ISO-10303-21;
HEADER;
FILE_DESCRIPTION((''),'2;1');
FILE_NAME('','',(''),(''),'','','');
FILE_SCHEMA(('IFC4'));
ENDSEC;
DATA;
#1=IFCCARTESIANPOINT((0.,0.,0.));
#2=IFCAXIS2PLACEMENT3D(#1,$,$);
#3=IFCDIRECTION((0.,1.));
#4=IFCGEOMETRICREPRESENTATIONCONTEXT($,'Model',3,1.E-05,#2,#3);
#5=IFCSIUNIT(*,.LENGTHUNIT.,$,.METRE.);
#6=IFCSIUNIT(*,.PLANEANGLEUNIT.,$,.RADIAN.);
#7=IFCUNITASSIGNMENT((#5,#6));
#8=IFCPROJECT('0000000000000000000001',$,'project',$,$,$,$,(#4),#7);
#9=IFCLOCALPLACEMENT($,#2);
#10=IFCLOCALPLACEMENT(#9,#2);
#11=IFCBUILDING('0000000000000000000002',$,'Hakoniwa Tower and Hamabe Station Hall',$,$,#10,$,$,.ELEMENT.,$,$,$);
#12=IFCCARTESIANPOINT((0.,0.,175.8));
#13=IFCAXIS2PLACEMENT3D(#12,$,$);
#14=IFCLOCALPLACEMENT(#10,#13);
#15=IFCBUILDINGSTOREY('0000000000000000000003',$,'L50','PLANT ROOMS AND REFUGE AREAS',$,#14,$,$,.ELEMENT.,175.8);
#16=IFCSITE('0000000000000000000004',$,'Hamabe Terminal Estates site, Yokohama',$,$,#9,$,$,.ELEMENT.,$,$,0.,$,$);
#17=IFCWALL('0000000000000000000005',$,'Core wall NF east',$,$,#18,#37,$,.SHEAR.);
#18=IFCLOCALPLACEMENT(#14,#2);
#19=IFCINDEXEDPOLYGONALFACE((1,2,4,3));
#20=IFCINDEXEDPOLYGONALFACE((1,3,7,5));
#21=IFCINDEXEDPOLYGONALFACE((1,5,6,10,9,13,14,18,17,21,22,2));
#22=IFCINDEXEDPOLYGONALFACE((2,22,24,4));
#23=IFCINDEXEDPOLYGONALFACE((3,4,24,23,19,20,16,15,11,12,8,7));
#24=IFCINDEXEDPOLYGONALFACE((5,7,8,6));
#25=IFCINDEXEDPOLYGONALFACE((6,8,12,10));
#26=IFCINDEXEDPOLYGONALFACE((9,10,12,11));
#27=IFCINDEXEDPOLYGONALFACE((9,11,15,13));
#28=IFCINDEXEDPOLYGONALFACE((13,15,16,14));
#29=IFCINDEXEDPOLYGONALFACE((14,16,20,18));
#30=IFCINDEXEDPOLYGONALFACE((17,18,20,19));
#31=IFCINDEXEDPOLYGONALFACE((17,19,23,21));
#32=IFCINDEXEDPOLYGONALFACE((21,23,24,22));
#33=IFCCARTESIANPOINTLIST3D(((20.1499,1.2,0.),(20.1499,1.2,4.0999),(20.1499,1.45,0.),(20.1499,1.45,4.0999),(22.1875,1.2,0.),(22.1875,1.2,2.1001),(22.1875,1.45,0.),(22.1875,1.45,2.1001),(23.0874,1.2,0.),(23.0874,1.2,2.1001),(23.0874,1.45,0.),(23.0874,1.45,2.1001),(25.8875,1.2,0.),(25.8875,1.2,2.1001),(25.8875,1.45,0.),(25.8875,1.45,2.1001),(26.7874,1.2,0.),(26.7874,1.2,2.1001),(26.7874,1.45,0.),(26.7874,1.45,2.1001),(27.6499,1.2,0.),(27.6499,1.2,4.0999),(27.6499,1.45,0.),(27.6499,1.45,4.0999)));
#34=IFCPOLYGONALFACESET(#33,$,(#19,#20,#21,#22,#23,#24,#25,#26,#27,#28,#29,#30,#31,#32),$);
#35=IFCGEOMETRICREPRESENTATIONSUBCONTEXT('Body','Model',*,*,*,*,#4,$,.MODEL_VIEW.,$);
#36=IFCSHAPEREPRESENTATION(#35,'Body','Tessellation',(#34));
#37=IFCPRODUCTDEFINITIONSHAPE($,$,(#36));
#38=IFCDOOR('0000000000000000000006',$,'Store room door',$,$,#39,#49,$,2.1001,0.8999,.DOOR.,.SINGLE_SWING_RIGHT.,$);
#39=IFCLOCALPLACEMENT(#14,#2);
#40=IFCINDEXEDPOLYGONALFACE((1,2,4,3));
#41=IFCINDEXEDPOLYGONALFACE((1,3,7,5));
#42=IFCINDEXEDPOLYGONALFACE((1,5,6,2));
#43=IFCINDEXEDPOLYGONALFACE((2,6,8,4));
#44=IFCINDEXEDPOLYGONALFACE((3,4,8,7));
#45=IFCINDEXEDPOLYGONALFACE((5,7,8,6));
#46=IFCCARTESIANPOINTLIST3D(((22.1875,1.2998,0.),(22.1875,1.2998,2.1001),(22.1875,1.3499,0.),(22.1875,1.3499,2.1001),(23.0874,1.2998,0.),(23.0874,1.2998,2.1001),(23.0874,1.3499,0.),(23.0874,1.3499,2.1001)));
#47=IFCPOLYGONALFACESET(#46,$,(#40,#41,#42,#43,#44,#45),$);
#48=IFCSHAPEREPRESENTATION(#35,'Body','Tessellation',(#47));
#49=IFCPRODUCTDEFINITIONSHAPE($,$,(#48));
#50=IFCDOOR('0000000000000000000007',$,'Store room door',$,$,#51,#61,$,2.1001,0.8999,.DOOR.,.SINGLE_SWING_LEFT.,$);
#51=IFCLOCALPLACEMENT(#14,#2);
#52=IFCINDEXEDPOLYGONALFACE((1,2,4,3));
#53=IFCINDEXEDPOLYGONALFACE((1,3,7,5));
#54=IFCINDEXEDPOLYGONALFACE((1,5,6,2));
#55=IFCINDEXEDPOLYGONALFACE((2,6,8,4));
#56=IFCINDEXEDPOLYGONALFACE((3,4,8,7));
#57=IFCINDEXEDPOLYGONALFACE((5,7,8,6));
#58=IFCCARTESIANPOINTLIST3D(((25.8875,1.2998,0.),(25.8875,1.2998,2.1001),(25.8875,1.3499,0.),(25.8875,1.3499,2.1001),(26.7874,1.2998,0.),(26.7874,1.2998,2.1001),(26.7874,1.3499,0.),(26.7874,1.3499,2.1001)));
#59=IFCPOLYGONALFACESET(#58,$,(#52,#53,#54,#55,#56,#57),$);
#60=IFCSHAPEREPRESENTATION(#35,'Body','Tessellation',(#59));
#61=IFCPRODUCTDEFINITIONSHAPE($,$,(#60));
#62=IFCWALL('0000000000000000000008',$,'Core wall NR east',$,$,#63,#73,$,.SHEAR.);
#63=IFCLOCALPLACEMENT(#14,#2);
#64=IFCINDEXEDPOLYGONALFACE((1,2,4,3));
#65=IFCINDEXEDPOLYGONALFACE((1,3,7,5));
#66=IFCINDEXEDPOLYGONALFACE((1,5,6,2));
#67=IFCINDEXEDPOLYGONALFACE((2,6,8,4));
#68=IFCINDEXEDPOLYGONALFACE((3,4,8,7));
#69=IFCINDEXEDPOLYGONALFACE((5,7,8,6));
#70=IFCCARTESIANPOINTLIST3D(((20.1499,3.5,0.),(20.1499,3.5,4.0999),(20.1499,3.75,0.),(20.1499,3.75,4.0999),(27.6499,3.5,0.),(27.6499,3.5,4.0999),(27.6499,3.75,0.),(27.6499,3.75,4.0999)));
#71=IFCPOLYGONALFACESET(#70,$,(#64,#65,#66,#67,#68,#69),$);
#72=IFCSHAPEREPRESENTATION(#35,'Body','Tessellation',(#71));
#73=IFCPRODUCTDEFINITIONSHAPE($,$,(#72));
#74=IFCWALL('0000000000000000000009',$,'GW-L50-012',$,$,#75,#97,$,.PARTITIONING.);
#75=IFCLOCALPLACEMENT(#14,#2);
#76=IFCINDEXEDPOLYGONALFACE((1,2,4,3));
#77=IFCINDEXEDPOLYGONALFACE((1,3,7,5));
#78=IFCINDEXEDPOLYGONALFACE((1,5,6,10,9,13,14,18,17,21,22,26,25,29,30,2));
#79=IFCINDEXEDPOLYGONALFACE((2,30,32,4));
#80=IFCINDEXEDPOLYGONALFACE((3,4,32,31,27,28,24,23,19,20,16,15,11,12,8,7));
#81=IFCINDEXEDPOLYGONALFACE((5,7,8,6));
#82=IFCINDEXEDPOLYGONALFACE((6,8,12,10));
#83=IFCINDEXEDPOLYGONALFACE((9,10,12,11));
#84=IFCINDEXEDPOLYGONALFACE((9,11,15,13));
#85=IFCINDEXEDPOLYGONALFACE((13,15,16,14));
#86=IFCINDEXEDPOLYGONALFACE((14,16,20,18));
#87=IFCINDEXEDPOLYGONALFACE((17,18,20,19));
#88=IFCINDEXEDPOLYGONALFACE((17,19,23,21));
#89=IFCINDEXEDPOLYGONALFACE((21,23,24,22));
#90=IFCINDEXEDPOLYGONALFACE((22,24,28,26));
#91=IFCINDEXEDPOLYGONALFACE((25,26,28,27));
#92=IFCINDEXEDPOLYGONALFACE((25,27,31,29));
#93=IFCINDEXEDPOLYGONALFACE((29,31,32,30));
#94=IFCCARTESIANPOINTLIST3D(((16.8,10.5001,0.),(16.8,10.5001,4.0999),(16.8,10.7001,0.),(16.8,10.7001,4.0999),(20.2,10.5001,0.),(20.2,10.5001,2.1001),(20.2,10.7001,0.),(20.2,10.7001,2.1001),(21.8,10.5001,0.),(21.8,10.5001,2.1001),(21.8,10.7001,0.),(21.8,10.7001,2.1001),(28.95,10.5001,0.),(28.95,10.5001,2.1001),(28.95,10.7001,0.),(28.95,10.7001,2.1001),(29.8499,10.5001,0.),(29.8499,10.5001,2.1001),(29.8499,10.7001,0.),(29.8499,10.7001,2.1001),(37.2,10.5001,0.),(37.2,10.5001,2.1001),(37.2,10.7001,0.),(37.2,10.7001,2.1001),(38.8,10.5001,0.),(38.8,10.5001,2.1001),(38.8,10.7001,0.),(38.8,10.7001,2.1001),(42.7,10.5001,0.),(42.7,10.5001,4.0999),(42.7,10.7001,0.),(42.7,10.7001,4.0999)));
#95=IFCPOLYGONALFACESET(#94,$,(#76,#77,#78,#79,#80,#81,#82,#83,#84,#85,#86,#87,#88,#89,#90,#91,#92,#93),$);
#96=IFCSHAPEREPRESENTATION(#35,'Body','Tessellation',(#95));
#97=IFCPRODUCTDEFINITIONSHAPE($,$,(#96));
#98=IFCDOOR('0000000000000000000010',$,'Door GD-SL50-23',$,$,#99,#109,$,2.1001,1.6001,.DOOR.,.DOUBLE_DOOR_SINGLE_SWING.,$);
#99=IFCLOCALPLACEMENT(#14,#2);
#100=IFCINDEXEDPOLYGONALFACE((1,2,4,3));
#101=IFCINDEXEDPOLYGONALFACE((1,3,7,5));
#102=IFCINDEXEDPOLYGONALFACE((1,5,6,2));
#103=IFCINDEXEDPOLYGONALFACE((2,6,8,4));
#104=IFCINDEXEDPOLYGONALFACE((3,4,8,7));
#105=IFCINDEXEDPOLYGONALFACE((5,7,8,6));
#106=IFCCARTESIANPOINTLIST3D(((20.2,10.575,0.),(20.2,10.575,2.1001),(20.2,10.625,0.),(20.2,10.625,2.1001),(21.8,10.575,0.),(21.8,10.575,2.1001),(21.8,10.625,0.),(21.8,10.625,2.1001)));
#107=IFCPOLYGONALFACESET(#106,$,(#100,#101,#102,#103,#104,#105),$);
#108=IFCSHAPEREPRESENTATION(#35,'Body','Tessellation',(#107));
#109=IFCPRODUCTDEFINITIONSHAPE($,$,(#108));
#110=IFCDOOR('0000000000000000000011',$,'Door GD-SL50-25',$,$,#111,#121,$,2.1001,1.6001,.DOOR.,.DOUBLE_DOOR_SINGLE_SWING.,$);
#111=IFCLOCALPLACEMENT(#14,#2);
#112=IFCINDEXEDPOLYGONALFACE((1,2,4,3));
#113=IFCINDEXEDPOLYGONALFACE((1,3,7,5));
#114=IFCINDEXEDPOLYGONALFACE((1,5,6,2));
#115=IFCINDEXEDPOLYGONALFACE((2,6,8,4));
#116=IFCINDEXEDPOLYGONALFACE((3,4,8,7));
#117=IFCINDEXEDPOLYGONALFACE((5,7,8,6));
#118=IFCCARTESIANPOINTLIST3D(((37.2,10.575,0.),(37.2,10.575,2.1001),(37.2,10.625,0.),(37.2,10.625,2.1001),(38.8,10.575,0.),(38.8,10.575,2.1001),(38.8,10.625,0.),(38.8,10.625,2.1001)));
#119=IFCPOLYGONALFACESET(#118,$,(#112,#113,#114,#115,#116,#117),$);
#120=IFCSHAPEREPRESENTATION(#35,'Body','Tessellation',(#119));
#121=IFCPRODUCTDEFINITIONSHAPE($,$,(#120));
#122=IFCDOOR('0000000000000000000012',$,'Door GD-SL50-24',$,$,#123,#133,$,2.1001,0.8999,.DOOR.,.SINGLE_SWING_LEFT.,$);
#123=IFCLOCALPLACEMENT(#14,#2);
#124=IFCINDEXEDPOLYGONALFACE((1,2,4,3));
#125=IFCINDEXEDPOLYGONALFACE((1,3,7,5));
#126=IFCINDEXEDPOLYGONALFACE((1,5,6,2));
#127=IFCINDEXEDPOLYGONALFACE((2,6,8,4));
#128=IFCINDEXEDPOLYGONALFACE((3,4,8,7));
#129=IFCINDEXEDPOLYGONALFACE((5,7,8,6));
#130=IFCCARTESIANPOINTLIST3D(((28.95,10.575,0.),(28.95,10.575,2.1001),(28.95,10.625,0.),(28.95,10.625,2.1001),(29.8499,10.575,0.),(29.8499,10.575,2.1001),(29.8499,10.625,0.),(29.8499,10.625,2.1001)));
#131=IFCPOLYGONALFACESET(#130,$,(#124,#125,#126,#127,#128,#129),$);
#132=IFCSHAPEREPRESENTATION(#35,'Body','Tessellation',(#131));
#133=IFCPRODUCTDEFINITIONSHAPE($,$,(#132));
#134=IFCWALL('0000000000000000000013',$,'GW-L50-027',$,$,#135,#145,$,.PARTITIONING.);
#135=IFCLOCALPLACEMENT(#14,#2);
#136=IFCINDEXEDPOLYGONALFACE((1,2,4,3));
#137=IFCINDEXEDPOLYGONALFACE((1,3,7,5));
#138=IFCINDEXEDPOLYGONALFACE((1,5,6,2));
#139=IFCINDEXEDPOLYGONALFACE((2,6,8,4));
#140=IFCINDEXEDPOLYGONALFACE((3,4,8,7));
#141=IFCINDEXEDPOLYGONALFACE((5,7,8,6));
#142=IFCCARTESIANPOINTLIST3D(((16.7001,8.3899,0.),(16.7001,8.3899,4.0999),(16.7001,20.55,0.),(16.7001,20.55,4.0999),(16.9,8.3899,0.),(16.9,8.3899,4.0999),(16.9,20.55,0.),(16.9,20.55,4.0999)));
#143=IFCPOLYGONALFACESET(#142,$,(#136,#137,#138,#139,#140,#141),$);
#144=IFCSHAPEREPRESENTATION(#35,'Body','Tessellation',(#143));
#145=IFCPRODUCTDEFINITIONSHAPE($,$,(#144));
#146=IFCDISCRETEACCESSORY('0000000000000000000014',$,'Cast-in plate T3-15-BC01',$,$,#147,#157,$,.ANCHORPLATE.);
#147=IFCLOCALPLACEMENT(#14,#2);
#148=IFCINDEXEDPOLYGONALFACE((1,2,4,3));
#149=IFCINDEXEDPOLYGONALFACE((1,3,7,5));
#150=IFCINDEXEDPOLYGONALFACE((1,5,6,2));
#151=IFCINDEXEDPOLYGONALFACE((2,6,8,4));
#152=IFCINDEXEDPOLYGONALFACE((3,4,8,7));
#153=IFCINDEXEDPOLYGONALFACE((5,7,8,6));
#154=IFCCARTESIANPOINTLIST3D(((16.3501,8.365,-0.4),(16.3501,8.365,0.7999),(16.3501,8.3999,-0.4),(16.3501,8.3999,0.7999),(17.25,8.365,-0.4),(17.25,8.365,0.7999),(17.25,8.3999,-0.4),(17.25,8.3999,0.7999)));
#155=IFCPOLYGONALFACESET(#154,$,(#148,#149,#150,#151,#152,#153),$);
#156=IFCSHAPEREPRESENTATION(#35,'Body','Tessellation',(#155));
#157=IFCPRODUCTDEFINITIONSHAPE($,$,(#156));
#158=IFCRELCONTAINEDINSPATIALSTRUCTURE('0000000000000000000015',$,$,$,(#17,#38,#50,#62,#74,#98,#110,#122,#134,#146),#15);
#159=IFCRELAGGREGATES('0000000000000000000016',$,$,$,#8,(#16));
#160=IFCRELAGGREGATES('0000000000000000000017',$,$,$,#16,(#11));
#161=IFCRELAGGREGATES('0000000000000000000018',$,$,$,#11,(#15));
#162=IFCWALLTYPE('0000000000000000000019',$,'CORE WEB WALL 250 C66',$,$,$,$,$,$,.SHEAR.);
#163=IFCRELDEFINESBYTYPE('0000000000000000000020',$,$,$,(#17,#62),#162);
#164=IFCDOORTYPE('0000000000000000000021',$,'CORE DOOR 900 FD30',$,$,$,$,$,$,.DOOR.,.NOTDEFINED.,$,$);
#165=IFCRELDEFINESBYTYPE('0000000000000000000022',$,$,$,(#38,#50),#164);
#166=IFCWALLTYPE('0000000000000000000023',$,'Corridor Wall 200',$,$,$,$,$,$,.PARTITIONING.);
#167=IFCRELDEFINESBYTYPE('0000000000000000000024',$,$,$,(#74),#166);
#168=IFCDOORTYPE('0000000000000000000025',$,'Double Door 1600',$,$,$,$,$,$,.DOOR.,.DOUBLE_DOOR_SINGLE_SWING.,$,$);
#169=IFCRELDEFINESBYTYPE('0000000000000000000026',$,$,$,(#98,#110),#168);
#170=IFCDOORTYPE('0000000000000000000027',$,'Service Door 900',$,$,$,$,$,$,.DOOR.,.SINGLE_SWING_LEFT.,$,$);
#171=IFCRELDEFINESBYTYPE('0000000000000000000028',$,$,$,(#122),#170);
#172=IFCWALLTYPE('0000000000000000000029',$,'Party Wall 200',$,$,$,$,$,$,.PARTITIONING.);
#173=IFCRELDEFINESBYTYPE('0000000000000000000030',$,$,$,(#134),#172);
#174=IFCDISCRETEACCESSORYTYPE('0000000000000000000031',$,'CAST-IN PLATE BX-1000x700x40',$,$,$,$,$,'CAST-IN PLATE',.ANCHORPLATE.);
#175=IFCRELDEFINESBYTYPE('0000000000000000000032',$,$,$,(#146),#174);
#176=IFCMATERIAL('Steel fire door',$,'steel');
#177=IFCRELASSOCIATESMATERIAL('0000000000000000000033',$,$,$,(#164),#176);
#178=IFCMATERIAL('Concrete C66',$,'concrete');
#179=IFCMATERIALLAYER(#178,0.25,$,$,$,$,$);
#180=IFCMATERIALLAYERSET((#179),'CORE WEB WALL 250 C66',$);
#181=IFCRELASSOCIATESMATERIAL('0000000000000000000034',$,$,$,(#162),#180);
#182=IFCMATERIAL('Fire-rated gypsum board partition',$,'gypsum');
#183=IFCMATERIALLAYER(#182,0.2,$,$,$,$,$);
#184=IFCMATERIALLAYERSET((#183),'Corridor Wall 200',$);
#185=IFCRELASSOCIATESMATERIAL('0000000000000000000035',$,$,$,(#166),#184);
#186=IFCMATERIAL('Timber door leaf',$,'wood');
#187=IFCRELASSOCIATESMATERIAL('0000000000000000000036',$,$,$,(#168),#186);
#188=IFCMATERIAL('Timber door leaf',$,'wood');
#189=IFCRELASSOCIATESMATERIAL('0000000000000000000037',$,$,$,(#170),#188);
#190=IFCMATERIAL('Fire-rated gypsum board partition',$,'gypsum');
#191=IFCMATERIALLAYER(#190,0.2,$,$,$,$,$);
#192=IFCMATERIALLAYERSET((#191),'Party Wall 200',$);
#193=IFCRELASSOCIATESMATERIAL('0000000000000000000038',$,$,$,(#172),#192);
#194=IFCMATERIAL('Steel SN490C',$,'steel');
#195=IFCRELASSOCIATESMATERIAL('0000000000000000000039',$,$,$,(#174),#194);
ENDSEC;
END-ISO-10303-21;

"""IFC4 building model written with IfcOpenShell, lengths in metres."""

from ifc_helpers import new_model, si_unit, direction, frame, frame_2d, origin, origin_2d, place, context, subcontext, project, spatial, rectangle, extrude, material, layer, layer_set, material_profile, profile_set, type_object, element, fill, save


model = new_model("IFC4")

# Units and contexts
model_context = context("Model", 3, precision=1e-05, world=origin(), true_north=direction((0.0, 1.0)))
body_context = subcontext(model_context, "Body", "Model", "MODEL_VIEW")
ifc_project = project(units=[si_unit("LENGTHUNIT", "METRE"), si_unit("PLANEANGLEUNIT", "RADIAN")], contexts=[model_context])

# Site, building, storey
site_placement = place(None, origin())
site = spatial("IfcSite", under=ifc_project, at=site_placement, Name="Hamabe Terminal Estates site, Yokohama", CompositionType="ELEMENT", RefElevation=0.0)
building_placement = place(site_placement, origin())
building = spatial("IfcBuilding", under=site, at=building_placement, Name="Hakoniwa Tower and Hamabe Station Hall", CompositionType="ELEMENT")
storey_placement = place(building_placement, frame((0.0, 0.0, 175.8)))
storey = spatial("IfcBuildingStorey", under=building, at=storey_placement, Name="L50", Description="PLANT ROOMS AND REFUGE AREAS", CompositionType="ELEMENT", Elevation=175.8)

# Shared definitions
ifc_material_1 = material(Name="Steel fire door", Category="steel")
door_type_1 = type_object("IfcDoorType", Name="CORE DOOR 900 FD30", OperationType="NOTDEFINED", PredefinedType="DOOR", material=ifc_material_1)

# Shared definitions
ifc_material_2 = material(Name="Concrete C66", Category="concrete")
ifc_layer_1 = layer(ifc_material_2, 0.25)
ifc_layer_set_1 = layer_set([ifc_layer_1], Name="CORE WEB WALL 250 C66")
wall_type_1 = type_object("IfcWallType", Name="CORE WEB WALL 250 C66", PredefinedType="SHEAR", material=ifc_layer_set_1)

# Wall, openings, doors
wall_1_placement = place(storey_placement, frame((20.1499, 1.325, 0.0), z_axis=(0.0, 0.0, 1.0), x_axis=(1.0, 0.0, 0.0)))
wall_1 = element("IfcWall", 1, at=wall_1_placement, inside=storey, type_object=wall_type_1, Name="Core wall NF east", PredefinedType="SHEAR", context=body_context, shape_type="SweptSolid", body=[
    extrude(rectangle(XDim=7.5, YDim=0.25, at=frame_2d((3.75, 0.0))), origin(), (0.0, 0.0, 1.0), 4.0999),
])
opening_1_placement = place(wall_1_placement, frame((2.0376, 0.0, 0.0)))
opening_1 = element("IfcOpeningElement", 2, at=opening_1_placement, cuts=wall_1, PredefinedType="OPENING", context=body_context, shape_type="SweptSolid", body=[
    extrude(rectangle(XDim=0.8999, YDim=2.1001, at=frame_2d((0.45, 1.05))), frame((0.0, 0.135, 0.0), z_axis=(0.0, -1.0, 0.0), x_axis=(1.0, 0.0, 0.0)), (0.0, 0.0, 1.0), 0.27),
])
opening_2_placement = place(wall_1_placement, frame((5.7375, 0.0, 0.0)))
opening_2 = element("IfcOpeningElement", 3, at=opening_2_placement, cuts=wall_1, PredefinedType="OPENING", context=body_context, shape_type="SweptSolid", body=[
    extrude(rectangle(XDim=0.8999, YDim=2.1001, at=frame_2d((0.45, 1.05))), frame((0.0, 0.135, 0.0), z_axis=(0.0, -1.0, 0.0), x_axis=(1.0, 0.0, 0.0)), (0.0, 0.0, 1.0), 0.27),
])
door_1_placement = place(opening_1_placement, origin())
door_1 = element("IfcDoor", 4, at=door_1_placement, inside=storey, type_object=door_type_1, Name="Store room door", OperationType="SINGLE_SWING_RIGHT", OverallHeight=2.1001, OverallWidth=0.8999, PredefinedType="DOOR", context=body_context, shape_type="SweptSolid", body=[
    extrude(rectangle(XDim=0.8999, YDim=2.1001, at=frame_2d((0.45, 1.05))), frame((0.0, 0.0249, 0.0), z_axis=(0.0, -1.0, 0.0), x_axis=(1.0, 0.0, 0.0)), (0.0, 0.0, 1.0), 0.05),
])
fill(opening_1, door_1)
door_2_placement = place(opening_2_placement, origin())
door_2 = element("IfcDoor", 5, at=door_2_placement, inside=storey, type_object=door_type_1, Name="Store room door", OperationType="SINGLE_SWING_LEFT", OverallHeight=2.1001, OverallWidth=0.8999, PredefinedType="DOOR", context=body_context, shape_type="SweptSolid", body=[
    extrude(rectangle(XDim=0.8999, YDim=2.1001, at=frame_2d((0.45, 1.05))), frame((0.0, 0.0249, 0.0), z_axis=(0.0, -1.0, 0.0), x_axis=(1.0, 0.0, 0.0)), (0.0, 0.0, 1.0), 0.05),
])
fill(opening_2, door_2)

# Wall
wall_2_placement = place(storey_placement, frame((20.1499, 3.625, 0.0), z_axis=(0.0, 0.0, 1.0), x_axis=(1.0, 0.0, 0.0)))
element("IfcWall", 6, at=wall_2_placement, inside=storey, type_object=wall_type_1, Name="Core wall NR east", PredefinedType="SHEAR", context=body_context, shape_type="SweptSolid", body=[
    extrude(rectangle(XDim=7.5, YDim=0.25, at=frame_2d((3.75, 0.0))), origin(), (0.0, 0.0, 1.0), 4.0999),
])

# Wall, openings, doors
ifc_material_3 = material(Name="Fire-rated gypsum board partition", Category="gypsum")
ifc_layer_2 = layer(ifc_material_3, 0.2)
ifc_layer_set_2 = layer_set([ifc_layer_2], Name="Corridor Wall 200")
wall_type_2 = type_object("IfcWallType", Name="Corridor Wall 200", PredefinedType="PARTITIONING", material=ifc_layer_set_2)
wall_3_placement = place(storey_placement, frame((16.8, 10.6001, 0.0), z_axis=(0.0, 0.0, 1.0), x_axis=(1.0, 0.0, 0.0)))
wall_3 = element("IfcWall", 7, at=wall_3_placement, inside=storey, type_object=wall_type_2, Name="GW-L50-012", PredefinedType="PARTITIONING", context=body_context, shape_type="SweptSolid", body=[
    extrude(rectangle(XDim=25.8999, YDim=0.2, at=frame_2d((12.95, 0.0))), origin(), (0.0, 0.0, 1.0), 4.0999),
])
opening_3_placement = place(wall_3_placement, frame((3.3999, 0.0, 0.0)))
opening_3 = element("IfcOpeningElement", 8, at=opening_3_placement, cuts=wall_3, PredefinedType="OPENING", context=body_context, shape_type="SweptSolid", body=[
    extrude(rectangle(XDim=1.6001, YDim=2.1001, at=frame_2d((0.8, 1.05))), frame((0.0, 0.1099, 0.0), z_axis=(0.0, -1.0, 0.0), x_axis=(1.0, 0.0, 0.0)), (0.0, 0.0, 1.0), 0.22),
])
opening_4_placement = place(wall_3_placement, frame((12.1499, 0.0, 0.0)))
opening_4 = element("IfcOpeningElement", 9, at=opening_4_placement, cuts=wall_3, PredefinedType="OPENING", context=body_context, shape_type="SweptSolid", body=[
    extrude(rectangle(XDim=0.8999, YDim=2.1001, at=frame_2d((0.45, 1.05))), frame((0.0, 0.1099, 0.0), z_axis=(0.0, -1.0, 0.0), x_axis=(1.0, 0.0, 0.0)), (0.0, 0.0, 1.0), 0.22),
])
opening_5_placement = place(wall_3_placement, frame((20.3999, 0.0, 0.0)))
opening_5 = element("IfcOpeningElement", 10, at=opening_5_placement, cuts=wall_3, PredefinedType="OPENING", context=body_context, shape_type="SweptSolid", body=[
    extrude(rectangle(XDim=1.6001, YDim=2.1001, at=frame_2d((0.8, 1.05))), frame((0.0, 0.1099, 0.0), z_axis=(0.0, -1.0, 0.0), x_axis=(1.0, 0.0, 0.0)), (0.0, 0.0, 1.0), 0.22),
])
ifc_material_4 = material(Name="Timber door leaf", Category="wood")
door_type_2 = type_object("IfcDoorType", Name="Double Door 1600", OperationType="DOUBLE_DOOR_SINGLE_SWING", PredefinedType="DOOR", material=ifc_material_4)
door_3_placement = place(opening_3_placement, origin())
door_3 = element("IfcDoor", 11, at=door_3_placement, inside=storey, type_object=door_type_2, Name="Door GD-SL50-23", OperationType="DOUBLE_DOOR_SINGLE_SWING", OverallHeight=2.1001, OverallWidth=1.6001, PredefinedType="DOOR", context=body_context, shape_type="SweptSolid", body=[
    extrude(rectangle(XDim=1.6001, YDim=2.1001, at=frame_2d((0.8, 1.05))), frame((0.0, 0.0249, 0.0), z_axis=(0.0, -1.0, 0.0), x_axis=(1.0, 0.0, 0.0)), (0.0, 0.0, 1.0), 0.05),
])
fill(opening_3, door_3)
door_4_placement = place(opening_5_placement, origin())
door_4 = element("IfcDoor", 12, at=door_4_placement, inside=storey, type_object=door_type_2, Name="Door GD-SL50-25", OperationType="DOUBLE_DOOR_SINGLE_SWING", OverallHeight=2.1001, OverallWidth=1.6001, PredefinedType="DOOR", context=body_context, shape_type="SweptSolid", body=[
    extrude(rectangle(XDim=1.6001, YDim=2.1001, at=frame_2d((0.8, 1.05))), frame((0.0, 0.0249, 0.0), z_axis=(0.0, -1.0, 0.0), x_axis=(1.0, 0.0, 0.0)), (0.0, 0.0, 1.0), 0.05),
])
fill(opening_5, door_4)
ifc_material_5 = material(Name="Timber door leaf", Category="wood")
door_type_3 = type_object("IfcDoorType", Name="Service Door 900", OperationType="SINGLE_SWING_LEFT", PredefinedType="DOOR", material=ifc_material_5)
door_5_placement = place(opening_4_placement, origin())
door_5 = element("IfcDoor", 13, at=door_5_placement, inside=storey, type_object=door_type_3, Name="Door GD-SL50-24", OperationType="SINGLE_SWING_LEFT", OverallHeight=2.1001, OverallWidth=0.8999, PredefinedType="DOOR", context=body_context, shape_type="SweptSolid", body=[
    extrude(rectangle(XDim=0.8999, YDim=2.1001, at=frame_2d((0.45, 1.05))), frame((0.0, 0.0249, 0.0), z_axis=(0.0, -1.0, 0.0), x_axis=(1.0, 0.0, 0.0)), (0.0, 0.0, 1.0), 0.05),
])
fill(opening_4, door_5)

# Wall
ifc_material_6 = material(Name="Fire-rated gypsum board partition", Category="gypsum")
ifc_layer_3 = layer(ifc_material_6, 0.2)
ifc_layer_set_3 = layer_set([ifc_layer_3], Name="Party Wall 200")
wall_type_3 = type_object("IfcWallType", Name="Party Wall 200", PredefinedType="PARTITIONING", material=ifc_layer_set_3)
wall_4_placement = place(storey_placement, frame((16.8, 8.3899, 0.0), z_axis=(0.0, 0.0, 1.0), x_axis=(0.0, 1.0, 0.0)))
element("IfcWall", 14, at=wall_4_placement, inside=storey, type_object=wall_type_3, Name="GW-L50-027", PredefinedType="PARTITIONING", context=body_context, shape_type="SweptSolid", body=[
    extrude(rectangle(XDim=12.1602, YDim=0.2, at=frame_2d((6.0801, 0.0))), origin(), (0.0, 0.0, 1.0), 4.0999),
])

# Discrete accessory
ifc_material_7 = material(Name="Steel SN490C", Category="steel")
ifc_material_profile_1 = material_profile(ifc_material_7, rectangle(XDim=0.8999, YDim=1.2, at=origin_2d()), Name="CAST-IN PLATE BX-1000x700x40")
ifc_profile_set_1 = profile_set([ifc_material_profile_1], Name="Steel SN490C")
discrete_accessory_type_1 = type_object("IfcDiscreteAccessoryType", Name="CAST-IN PLATE BX-1000x700x40", ElementType="CAST-IN PLATE", PredefinedType="ANCHORPLATE", material=ifc_profile_set_1)
discrete_accessory_1_placement = place(storey_placement, frame((16.8, 8.365, 0.2), z_axis=(0.0, 1.0, 0.0), x_axis=(-1.0, 0.0, 0.0)))
element("IfcDiscreteAccessory", 15, at=discrete_accessory_1_placement, inside=storey, type_object=discrete_accessory_type_1, Name="Cast-in plate T3-15-BC01", PredefinedType="ANCHORPLATE", context=body_context, shape_type="SweptSolid", body=[
    extrude(rectangle(XDim=0.8999, YDim=1.2, at=origin_2d()), origin(), (0.0, 0.0, 1.0), 0.0349),
])

save(model, "model.ifc")
